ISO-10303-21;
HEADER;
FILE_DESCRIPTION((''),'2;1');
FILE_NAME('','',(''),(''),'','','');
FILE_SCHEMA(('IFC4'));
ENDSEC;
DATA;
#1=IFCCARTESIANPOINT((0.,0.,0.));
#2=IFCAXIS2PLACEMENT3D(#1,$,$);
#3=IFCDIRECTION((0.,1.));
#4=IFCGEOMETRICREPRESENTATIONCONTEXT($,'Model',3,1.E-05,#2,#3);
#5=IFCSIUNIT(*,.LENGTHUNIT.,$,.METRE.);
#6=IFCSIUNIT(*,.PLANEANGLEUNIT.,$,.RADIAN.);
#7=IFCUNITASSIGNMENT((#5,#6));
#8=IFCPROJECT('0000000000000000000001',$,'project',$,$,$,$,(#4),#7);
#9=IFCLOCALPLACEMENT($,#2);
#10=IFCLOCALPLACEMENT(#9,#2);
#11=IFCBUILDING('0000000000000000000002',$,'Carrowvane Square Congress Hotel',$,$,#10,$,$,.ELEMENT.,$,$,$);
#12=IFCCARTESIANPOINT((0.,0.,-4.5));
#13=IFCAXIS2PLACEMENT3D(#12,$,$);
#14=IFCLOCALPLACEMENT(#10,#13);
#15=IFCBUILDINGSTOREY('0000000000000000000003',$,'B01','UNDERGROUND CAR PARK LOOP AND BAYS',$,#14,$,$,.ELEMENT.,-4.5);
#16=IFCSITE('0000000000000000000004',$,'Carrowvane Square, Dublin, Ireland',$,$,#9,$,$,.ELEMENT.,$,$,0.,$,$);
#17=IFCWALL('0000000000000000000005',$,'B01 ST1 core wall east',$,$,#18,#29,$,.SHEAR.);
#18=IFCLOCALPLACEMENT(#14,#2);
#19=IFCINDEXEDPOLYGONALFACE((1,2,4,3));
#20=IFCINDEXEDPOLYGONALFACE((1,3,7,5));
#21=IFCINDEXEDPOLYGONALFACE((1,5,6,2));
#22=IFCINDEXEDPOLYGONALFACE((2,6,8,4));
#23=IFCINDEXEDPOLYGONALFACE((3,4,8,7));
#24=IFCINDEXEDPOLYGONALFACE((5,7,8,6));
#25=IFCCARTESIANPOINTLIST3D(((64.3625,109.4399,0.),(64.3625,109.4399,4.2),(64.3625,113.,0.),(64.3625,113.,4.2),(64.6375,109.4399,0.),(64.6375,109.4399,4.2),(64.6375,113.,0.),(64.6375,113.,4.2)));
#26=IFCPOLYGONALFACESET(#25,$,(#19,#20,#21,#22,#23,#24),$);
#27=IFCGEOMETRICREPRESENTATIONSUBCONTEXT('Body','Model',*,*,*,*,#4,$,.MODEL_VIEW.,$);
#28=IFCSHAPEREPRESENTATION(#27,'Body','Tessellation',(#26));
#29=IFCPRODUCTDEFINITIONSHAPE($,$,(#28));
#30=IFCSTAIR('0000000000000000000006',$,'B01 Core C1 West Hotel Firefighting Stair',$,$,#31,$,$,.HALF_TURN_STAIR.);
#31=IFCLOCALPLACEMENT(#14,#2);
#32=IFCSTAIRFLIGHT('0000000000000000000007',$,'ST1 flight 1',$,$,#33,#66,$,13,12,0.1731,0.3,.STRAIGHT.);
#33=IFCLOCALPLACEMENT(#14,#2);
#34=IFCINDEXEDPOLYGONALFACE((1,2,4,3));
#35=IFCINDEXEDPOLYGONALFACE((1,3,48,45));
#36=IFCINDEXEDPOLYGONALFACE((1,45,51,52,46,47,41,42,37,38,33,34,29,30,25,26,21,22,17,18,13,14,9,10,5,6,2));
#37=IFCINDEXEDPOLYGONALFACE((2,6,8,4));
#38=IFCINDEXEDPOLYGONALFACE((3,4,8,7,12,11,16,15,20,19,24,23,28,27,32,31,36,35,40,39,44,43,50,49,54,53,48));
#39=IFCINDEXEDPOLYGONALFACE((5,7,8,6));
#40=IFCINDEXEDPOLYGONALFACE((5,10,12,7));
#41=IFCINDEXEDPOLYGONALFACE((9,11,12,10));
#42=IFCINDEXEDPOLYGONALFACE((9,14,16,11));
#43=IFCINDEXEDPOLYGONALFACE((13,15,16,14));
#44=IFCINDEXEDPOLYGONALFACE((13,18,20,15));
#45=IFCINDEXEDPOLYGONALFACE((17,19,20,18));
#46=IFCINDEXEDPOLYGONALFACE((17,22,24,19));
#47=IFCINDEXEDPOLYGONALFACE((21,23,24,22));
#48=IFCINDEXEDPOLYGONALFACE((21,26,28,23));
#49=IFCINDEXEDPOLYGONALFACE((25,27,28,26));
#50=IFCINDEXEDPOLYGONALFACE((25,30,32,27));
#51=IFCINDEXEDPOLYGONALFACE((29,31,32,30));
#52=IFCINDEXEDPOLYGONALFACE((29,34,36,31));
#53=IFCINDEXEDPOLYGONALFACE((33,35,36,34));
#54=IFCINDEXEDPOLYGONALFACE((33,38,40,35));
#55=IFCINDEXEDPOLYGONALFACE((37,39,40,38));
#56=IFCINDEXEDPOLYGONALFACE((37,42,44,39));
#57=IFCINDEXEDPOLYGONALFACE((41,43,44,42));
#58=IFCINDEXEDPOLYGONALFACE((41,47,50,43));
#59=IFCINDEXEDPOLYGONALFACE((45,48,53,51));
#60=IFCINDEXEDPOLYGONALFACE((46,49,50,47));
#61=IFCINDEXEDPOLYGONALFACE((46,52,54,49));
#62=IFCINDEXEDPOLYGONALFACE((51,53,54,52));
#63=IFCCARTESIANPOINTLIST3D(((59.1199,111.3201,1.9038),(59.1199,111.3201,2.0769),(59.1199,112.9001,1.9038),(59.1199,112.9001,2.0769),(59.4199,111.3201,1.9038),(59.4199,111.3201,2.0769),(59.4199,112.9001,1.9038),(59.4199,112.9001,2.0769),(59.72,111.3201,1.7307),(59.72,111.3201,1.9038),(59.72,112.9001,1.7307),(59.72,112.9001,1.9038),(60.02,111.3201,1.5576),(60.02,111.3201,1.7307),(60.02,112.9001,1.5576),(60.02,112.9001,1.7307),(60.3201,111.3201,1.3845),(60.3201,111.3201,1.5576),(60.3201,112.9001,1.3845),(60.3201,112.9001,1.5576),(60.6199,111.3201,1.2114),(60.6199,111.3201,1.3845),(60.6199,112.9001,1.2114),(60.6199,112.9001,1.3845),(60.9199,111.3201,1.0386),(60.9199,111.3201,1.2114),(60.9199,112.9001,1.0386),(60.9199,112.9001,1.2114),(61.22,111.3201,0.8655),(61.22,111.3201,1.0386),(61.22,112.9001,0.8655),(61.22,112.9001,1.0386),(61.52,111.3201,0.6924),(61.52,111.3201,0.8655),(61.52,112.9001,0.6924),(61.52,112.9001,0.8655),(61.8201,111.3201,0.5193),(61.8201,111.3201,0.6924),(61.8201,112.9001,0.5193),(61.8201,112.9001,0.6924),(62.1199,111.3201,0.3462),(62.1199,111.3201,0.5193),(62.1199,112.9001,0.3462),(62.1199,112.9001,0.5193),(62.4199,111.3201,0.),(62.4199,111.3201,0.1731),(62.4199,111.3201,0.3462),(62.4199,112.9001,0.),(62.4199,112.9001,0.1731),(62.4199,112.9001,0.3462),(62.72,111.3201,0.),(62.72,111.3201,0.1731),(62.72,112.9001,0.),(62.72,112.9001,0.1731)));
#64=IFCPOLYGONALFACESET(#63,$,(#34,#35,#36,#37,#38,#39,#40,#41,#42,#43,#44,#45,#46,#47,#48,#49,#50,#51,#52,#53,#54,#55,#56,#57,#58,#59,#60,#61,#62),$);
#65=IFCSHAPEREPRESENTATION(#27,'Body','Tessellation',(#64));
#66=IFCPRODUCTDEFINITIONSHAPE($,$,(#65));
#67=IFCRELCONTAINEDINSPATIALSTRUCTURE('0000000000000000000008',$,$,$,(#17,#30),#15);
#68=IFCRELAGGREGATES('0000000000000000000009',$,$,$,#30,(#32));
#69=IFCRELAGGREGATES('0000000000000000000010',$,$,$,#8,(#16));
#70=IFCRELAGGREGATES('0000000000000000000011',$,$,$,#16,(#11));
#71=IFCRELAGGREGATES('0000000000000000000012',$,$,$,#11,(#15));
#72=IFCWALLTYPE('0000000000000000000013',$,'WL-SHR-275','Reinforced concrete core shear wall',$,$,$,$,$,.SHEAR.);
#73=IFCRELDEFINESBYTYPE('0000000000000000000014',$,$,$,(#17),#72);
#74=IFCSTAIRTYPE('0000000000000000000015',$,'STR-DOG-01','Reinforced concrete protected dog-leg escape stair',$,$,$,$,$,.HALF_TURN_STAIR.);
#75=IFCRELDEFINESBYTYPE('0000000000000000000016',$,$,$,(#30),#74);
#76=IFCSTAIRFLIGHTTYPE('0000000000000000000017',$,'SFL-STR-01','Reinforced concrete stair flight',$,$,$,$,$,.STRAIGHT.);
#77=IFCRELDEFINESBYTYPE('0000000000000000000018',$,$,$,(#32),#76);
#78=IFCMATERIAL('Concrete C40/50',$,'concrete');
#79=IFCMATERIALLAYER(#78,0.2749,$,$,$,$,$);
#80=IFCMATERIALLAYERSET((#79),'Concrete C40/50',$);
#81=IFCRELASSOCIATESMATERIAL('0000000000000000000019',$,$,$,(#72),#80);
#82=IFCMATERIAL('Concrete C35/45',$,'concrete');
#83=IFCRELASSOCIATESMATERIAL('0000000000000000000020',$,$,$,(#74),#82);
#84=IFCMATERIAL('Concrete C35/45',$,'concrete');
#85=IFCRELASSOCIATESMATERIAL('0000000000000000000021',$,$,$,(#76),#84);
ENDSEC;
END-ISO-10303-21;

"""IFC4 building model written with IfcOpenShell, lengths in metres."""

from ifc_helpers import new_model, si_unit, direction, frame, frame_2d, origin, place, context, subcontext, project, spatial, polyline, rectangle, outline, extrude, material, layer, layer_set, type_object, element, aggregate, save


model = new_model("IFC4")

# Units and contexts
model_context = context("Model", 3, precision=1e-05, world=origin(), true_north=direction((0.0, 1.0)))
body_context = subcontext(model_context, "Body", "Model", "MODEL_VIEW")
ifc_project = project(units=[si_unit("LENGTHUNIT", "METRE"), si_unit("PLANEANGLEUNIT", "RADIAN")], contexts=[model_context])

# Site, building, storey
site_placement = place(None, origin())
site = spatial("IfcSite", under=ifc_project, at=site_placement, Name="Carrowvane Square, Dublin, Ireland", CompositionType="ELEMENT", RefElevation=0.0)
building_placement = place(site_placement, origin())
building = spatial("IfcBuilding", under=site, at=building_placement, Name="Carrowvane Square Congress Hotel", CompositionType="ELEMENT")
storey_placement = place(building_placement, frame((0.0, 0.0, -4.5)))
storey = spatial("IfcBuildingStorey", under=building, at=storey_placement, Name="B01", Description="UNDERGROUND CAR PARK LOOP AND BAYS", CompositionType="ELEMENT", Elevation=-4.5)

# Wall
ifc_material_1 = material(Name="Concrete C40/50", Category="concrete")
ifc_layer_1 = layer(ifc_material_1, 0.2749)
ifc_layer_set_1 = layer_set([ifc_layer_1], Name="Concrete C40/50")
wall_type_1 = type_object("IfcWallType", Name="WL-SHR-275", Description="Reinforced concrete core shear wall", PredefinedType="SHEAR", material=ifc_layer_set_1)
wall_1_placement = place(storey_placement, frame((64.5, 109.4399, 0.0), z_axis=(0.0, 0.0, 1.0), x_axis=(0.0, 1.0, 0.0)))
element("IfcWall", 1, at=wall_1_placement, inside=storey, type_object=wall_type_1, Name="B01 ST1 core wall east", PredefinedType="SHEAR", context=body_context, shape_type="SweptSolid", body=[
    extrude(rectangle(XDim=3.5601, YDim=0.2749, at=frame_2d((1.78, 0.0))), origin(), (0.0, 0.0, 1.0), 4.2),
])

# Stair, stair flight
ifc_material_2 = material(Name="Concrete C35/45", Category="concrete")
stair_type = type_object("IfcStairType", Name="STR-DOG-01", Description="Reinforced concrete protected dog-leg escape stair", PredefinedType="HALF_TURN_STAIR", material=ifc_material_2)
stair_placement = place(storey_placement, origin())
stair = element("IfcStair", 2, at=stair_placement, inside=storey, type_object=stair_type, Name="B01 Core C1 West Hotel Firefighting Stair", PredefinedType="HALF_TURN_STAIR")
ifc_material_3 = material(Name="Concrete C35/45", Category="concrete")
stair_flight_type = type_object("IfcStairFlightType", Name="SFL-STR-01", Description="Reinforced concrete stair flight", PredefinedType="STRAIGHT", material=ifc_material_3)
stair_flight_placement = place(storey_placement, frame((62.72, 112.1101, 0.0), z_axis=(0.0, 0.0, 1.0), x_axis=(-1.0, 0.0, 0.0)))
stair_flight = element("IfcStairFlight", 3, at=stair_flight_placement, type_object=stair_flight_type, Name="ST1 flight 1", NumberOfRisers=13, NumberOfTreads=12, PredefinedType="STRAIGHT", RiserHeight=0.1731, TreadLength=0.3, context=body_context, shape_type="SweptSolid", body=[
    extrude(outline(polyline([(0.0, 0.0), (0.0, 0.1731), (0.3, 0.1731), (0.3, 0.3462), (0.6001, 0.3462), (0.6001, 0.5193), (0.8999, 0.5193), (0.8999, 0.6924), (1.2, 0.6924), (1.2, 0.8655), (1.5, 0.8655), (1.5, 1.0386), (1.8, 1.0386), (1.8, 1.2114), (2.1001, 1.2114), (2.1001, 1.3845), (2.3999, 1.3845), (2.3999, 1.5576), (2.7, 1.5576), (2.7, 1.7307), (3.0, 1.7307), (3.0, 1.9038), (3.3, 1.9038), (3.3, 2.0769), (3.6001, 2.0769), (3.6001, 2.25), (3.6001, 1.9038), (0.3, 0.0), (0.0, 0.0)])), frame((0.0, 0.79, 0.0), z_axis=(0.0, -1.0, 0.0), x_axis=(1.0, 0.0, 0.0)), (0.0, 0.0, 1.0), 1.5801),
])
aggregate(stair, [stair_flight])

save(model, "model.ifc")
